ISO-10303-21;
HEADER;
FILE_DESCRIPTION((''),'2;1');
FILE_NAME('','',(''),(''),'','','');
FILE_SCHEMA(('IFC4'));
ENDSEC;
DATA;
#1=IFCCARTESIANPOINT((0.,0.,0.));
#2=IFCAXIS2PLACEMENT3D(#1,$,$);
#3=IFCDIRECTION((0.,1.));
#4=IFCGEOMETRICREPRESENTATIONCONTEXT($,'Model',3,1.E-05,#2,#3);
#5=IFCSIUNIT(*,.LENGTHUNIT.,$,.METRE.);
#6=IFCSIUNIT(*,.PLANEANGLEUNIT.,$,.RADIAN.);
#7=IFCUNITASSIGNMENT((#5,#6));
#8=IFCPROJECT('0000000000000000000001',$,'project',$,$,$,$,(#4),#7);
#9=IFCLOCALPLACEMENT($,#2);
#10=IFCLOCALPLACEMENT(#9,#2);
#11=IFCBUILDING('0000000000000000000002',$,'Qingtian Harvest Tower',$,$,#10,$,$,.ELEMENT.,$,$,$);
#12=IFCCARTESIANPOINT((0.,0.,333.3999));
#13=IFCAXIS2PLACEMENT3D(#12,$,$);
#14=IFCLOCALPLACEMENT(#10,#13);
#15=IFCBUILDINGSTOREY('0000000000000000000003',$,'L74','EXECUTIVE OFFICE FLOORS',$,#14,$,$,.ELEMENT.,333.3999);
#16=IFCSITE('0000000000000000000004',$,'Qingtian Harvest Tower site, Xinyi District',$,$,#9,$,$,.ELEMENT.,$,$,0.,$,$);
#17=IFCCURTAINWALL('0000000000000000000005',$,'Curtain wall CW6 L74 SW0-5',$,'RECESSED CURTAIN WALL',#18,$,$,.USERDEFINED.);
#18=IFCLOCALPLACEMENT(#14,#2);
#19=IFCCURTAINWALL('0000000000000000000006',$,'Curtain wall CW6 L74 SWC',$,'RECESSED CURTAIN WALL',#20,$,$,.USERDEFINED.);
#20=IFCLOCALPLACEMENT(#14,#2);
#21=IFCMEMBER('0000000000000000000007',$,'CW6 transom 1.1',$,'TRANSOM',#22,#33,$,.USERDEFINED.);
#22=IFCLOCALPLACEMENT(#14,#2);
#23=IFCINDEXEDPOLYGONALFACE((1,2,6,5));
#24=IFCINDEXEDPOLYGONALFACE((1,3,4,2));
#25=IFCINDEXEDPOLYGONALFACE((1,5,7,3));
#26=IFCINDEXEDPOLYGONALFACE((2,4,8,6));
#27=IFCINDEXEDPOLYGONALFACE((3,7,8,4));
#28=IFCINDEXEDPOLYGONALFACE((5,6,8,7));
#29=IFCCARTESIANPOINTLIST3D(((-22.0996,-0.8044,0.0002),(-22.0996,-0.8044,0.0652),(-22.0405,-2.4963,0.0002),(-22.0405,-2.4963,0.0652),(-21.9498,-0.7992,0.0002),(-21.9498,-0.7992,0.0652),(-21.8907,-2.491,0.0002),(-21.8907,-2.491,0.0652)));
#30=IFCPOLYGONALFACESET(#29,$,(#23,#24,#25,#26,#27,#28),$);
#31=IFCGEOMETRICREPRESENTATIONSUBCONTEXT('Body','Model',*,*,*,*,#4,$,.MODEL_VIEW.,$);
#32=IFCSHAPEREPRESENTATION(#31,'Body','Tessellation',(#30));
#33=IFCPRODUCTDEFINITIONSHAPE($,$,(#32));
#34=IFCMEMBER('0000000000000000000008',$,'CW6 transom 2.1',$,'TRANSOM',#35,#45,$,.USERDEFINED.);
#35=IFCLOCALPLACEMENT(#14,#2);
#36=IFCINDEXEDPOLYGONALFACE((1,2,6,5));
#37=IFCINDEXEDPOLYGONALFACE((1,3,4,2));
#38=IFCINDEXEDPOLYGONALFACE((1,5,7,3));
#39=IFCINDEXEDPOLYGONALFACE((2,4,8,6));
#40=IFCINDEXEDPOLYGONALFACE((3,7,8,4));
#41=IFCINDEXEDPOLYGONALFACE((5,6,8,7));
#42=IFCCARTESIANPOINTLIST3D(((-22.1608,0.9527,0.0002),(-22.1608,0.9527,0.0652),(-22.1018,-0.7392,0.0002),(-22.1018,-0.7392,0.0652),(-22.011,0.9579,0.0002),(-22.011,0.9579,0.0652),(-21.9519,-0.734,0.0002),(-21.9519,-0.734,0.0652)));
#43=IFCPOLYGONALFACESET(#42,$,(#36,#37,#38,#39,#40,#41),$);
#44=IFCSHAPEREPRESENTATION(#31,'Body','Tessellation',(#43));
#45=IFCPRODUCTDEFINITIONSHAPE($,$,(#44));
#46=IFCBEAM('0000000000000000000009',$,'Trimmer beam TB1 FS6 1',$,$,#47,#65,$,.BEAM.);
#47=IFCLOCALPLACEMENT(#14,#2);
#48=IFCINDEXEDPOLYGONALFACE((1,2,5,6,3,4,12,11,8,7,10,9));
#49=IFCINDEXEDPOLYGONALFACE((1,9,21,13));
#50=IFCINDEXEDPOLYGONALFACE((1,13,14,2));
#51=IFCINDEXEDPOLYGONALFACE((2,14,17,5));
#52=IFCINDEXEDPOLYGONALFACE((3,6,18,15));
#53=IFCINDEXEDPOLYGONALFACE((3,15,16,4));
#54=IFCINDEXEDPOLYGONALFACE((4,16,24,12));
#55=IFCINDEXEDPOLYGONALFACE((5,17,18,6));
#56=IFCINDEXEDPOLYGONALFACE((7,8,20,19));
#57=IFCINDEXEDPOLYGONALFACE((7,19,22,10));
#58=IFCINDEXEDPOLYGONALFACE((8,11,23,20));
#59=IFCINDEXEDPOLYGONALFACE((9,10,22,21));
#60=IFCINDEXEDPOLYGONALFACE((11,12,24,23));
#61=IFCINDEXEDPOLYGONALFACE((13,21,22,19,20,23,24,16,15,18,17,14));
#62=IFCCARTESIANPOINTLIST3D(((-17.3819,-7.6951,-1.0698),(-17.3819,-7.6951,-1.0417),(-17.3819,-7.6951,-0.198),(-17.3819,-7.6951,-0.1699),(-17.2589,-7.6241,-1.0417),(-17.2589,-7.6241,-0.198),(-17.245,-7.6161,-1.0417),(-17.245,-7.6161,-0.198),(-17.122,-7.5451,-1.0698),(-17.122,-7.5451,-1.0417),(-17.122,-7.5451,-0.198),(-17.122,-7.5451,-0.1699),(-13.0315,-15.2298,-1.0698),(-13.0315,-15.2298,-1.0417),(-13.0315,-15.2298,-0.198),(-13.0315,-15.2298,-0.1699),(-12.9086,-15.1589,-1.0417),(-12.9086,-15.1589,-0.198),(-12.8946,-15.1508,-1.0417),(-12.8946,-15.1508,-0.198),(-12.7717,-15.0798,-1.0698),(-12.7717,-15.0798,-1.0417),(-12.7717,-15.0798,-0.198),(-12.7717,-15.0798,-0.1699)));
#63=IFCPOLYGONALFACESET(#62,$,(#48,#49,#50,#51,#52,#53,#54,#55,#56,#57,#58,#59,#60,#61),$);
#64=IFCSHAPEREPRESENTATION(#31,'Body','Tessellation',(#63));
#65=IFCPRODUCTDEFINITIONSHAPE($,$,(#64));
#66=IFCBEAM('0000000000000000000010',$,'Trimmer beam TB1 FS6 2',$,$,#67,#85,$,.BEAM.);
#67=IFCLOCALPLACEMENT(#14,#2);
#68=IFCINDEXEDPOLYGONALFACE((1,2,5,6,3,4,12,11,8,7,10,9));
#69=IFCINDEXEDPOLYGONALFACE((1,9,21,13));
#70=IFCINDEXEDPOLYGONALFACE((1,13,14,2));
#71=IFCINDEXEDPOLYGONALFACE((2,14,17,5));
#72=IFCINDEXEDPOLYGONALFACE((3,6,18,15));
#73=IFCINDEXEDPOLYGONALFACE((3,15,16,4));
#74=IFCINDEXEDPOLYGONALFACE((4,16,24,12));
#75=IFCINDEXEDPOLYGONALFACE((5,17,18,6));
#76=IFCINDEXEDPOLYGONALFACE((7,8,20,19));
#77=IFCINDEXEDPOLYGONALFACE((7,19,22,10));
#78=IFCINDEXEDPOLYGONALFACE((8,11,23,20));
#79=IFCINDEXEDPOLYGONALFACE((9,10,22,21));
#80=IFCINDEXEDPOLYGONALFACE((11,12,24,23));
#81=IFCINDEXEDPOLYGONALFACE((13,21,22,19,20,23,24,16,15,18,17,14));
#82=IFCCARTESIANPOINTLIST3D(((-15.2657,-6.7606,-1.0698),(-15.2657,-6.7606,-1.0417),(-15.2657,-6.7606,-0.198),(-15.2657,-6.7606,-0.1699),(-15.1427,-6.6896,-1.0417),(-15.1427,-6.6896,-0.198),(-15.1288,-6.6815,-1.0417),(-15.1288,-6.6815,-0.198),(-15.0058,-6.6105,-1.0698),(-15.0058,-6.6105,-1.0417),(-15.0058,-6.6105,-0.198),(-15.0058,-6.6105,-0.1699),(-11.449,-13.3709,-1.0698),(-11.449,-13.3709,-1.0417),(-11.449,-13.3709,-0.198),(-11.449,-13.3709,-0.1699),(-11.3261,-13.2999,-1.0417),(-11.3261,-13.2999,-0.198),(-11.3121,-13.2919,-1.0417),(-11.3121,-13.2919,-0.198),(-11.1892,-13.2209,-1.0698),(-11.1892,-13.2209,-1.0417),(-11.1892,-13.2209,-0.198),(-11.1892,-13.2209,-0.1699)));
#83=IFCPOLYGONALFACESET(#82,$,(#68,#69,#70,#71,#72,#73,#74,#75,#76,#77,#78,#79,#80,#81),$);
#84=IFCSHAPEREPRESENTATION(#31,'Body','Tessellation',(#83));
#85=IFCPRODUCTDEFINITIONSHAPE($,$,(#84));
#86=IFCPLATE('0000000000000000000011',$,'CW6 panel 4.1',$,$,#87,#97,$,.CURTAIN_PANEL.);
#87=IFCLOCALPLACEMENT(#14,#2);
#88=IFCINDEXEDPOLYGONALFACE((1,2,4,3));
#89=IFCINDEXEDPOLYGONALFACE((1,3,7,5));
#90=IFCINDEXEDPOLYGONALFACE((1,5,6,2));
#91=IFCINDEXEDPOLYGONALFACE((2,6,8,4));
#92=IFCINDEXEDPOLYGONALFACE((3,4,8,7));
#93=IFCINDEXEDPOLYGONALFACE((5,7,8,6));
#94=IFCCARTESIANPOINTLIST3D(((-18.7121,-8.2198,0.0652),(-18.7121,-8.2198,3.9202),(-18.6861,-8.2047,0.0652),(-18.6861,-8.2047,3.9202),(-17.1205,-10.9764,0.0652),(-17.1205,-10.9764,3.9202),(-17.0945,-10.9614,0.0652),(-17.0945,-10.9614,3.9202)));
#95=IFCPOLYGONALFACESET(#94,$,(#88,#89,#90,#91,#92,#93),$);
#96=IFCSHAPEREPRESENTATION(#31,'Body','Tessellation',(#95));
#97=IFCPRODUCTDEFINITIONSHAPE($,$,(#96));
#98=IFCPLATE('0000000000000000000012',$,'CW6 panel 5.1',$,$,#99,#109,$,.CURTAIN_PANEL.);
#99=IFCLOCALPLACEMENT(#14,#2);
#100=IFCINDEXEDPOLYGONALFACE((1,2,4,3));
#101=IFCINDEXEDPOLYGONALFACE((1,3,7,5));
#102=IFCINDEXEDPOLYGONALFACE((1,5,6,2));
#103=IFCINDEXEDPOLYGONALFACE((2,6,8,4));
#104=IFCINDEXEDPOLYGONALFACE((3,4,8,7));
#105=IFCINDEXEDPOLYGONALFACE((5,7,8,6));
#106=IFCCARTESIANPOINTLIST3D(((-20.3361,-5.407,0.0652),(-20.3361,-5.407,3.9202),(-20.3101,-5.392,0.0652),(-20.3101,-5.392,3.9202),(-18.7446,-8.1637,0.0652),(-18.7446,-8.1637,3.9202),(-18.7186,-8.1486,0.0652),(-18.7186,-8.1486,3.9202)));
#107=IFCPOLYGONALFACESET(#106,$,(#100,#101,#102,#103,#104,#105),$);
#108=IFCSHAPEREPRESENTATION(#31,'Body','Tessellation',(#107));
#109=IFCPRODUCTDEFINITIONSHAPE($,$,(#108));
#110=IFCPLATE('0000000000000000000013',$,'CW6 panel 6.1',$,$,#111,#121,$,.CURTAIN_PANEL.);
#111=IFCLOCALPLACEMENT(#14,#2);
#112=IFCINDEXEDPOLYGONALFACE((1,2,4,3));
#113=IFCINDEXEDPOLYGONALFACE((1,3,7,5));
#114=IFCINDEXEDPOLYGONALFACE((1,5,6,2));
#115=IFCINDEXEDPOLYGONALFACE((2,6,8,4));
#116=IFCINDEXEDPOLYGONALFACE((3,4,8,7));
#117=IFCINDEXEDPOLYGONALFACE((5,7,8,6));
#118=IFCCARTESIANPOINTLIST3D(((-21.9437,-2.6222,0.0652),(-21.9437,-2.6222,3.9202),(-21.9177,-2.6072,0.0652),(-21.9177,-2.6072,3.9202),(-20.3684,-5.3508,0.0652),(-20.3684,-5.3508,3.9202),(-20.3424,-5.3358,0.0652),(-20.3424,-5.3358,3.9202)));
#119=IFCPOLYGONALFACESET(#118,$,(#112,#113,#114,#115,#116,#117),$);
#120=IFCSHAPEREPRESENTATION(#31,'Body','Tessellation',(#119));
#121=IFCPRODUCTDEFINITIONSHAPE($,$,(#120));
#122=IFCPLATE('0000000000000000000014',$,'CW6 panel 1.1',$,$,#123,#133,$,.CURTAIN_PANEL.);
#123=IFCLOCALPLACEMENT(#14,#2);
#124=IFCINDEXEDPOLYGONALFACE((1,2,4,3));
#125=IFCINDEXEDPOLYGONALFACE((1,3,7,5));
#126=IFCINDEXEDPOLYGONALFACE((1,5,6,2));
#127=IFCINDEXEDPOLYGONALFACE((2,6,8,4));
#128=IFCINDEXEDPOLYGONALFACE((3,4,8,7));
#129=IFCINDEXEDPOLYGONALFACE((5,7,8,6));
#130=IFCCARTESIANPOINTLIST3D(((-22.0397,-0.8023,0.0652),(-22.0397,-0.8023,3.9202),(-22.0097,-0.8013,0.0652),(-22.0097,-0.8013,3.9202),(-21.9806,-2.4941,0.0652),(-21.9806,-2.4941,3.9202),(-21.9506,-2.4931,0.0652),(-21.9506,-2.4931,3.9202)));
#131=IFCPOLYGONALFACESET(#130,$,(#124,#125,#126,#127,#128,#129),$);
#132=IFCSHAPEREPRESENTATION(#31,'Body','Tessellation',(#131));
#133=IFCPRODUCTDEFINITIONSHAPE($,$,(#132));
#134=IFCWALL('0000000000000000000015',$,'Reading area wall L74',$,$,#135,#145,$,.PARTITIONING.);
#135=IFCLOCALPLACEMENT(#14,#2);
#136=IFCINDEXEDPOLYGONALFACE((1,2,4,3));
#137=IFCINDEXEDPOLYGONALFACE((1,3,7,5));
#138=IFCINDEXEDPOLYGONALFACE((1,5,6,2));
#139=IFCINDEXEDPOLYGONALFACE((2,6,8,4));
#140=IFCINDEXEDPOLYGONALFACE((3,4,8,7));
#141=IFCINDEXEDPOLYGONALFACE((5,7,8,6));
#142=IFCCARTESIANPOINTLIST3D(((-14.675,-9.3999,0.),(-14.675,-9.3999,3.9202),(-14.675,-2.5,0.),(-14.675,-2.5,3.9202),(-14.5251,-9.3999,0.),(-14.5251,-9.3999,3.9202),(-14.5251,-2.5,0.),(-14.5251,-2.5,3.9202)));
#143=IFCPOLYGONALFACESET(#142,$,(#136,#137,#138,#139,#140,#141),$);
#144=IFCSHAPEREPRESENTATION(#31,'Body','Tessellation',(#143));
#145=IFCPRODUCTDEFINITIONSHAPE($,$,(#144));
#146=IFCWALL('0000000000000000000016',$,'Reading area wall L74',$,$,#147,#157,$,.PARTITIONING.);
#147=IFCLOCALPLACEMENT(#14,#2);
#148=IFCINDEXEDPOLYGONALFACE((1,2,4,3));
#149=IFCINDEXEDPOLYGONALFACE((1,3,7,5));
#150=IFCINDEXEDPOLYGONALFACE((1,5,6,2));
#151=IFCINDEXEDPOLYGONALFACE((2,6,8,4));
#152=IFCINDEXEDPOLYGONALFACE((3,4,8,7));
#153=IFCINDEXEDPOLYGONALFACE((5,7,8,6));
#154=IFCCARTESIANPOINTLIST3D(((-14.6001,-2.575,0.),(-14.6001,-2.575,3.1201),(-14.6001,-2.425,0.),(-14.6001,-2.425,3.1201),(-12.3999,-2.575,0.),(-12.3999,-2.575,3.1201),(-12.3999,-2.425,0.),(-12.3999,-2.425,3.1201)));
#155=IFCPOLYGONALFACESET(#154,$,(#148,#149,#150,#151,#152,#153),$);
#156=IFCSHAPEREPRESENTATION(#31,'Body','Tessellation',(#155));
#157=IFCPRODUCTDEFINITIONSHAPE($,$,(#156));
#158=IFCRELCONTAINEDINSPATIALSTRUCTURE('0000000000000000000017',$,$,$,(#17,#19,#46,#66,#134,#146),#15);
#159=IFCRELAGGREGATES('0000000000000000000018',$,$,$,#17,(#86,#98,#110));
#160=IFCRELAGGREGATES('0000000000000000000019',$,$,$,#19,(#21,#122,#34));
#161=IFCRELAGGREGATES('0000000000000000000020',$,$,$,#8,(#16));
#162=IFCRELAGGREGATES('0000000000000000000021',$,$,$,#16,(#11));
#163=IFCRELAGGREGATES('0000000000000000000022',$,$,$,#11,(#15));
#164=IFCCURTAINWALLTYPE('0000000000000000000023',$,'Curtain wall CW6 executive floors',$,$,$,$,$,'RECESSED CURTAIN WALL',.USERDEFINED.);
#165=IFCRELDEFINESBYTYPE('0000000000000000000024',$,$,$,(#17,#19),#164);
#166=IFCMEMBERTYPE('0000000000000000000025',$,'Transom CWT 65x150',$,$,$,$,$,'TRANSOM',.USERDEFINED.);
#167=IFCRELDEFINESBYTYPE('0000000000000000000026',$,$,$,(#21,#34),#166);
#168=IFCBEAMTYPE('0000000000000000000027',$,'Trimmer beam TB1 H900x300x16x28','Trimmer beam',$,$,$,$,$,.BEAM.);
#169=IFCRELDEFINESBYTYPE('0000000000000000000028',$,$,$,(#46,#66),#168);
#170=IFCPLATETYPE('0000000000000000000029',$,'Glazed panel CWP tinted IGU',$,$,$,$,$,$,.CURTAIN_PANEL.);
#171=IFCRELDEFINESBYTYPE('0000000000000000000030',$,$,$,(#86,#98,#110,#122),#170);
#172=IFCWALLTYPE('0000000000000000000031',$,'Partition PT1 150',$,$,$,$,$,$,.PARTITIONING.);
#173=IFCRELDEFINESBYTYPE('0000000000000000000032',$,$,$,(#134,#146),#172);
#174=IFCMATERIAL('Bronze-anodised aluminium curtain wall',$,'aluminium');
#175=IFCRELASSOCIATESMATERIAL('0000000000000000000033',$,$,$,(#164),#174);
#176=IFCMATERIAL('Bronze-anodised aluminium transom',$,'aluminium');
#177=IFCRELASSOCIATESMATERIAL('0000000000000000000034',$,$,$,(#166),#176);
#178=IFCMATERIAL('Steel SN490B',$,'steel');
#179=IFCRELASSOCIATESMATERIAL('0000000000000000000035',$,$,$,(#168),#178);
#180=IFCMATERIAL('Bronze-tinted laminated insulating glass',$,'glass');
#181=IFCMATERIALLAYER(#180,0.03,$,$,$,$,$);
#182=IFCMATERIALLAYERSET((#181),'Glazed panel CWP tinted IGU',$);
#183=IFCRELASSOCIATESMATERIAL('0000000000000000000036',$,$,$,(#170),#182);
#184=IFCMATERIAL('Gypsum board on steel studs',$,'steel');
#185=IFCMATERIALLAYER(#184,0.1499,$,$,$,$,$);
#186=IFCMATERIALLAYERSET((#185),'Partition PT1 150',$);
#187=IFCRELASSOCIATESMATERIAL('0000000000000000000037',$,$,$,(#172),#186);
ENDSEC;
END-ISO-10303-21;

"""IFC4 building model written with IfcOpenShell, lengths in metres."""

from ifc_helpers import new_model, si_unit, direction, frame, frame_2d, origin, origin_2d, place, context, subcontext, project, spatial, rectangle, i_section, extrude, material, layer, layer_set, material_profile, profile_set, type_object, element, aggregate, save


model = new_model("IFC4")

# Units and contexts
model_context = context("Model", 3, precision=1e-05, world=origin(), true_north=direction((0.0, 1.0)))
body_context = subcontext(model_context, "Body", "Model", "MODEL_VIEW")
ifc_project = project(units=[si_unit("LENGTHUNIT", "METRE"), si_unit("PLANEANGLEUNIT", "RADIAN")], contexts=[model_context])

# Site, building, storey
site_placement = place(None, origin())
site = spatial("IfcSite", under=ifc_project, at=site_placement, Name="Qingtian Harvest Tower site, Xinyi District", CompositionType="ELEMENT", RefElevation=0.0)
building_placement = place(site_placement, origin())
building = spatial("IfcBuilding", under=site, at=building_placement, Name="Qingtian Harvest Tower", CompositionType="ELEMENT")
storey_placement = place(building_placement, frame((0.0, 0.0, 333.3999)))
storey = spatial("IfcBuildingStorey", under=building, at=storey_placement, Name="L74", Description="EXECUTIVE OFFICE FLOORS", CompositionType="ELEMENT", Elevation=333.3999)

# Curtain walls
ifc_material_1 = material(Name="Bronze-anodised aluminium curtain wall", Category="aluminium")
curtain_wall_type = type_object("IfcCurtainWallType", Name="Curtain wall CW6 executive floors", ElementType="RECESSED CURTAIN WALL", PredefinedType="USERDEFINED", material=ifc_material_1)
curtain_wall_1_placement = place(storey_placement, origin())
curtain_wall_1 = element("IfcCurtainWall", 1, at=curtain_wall_1_placement, inside=storey, type_object=curtain_wall_type, Name="Curtain wall CW6 L74 SW0-5", ObjectType="RECESSED CURTAIN WALL", PredefinedType="USERDEFINED")
curtain_wall_2_placement = place(storey_placement, origin())
curtain_wall_2 = element("IfcCurtainWall", 2, at=curtain_wall_2_placement, inside=storey, type_object=curtain_wall_type, Name="Curtain wall CW6 L74 SWC", ObjectType="RECESSED CURTAIN WALL", PredefinedType="USERDEFINED")

# Members
ifc_material_2 = material(Name="Bronze-anodised aluminium transom", Category="aluminium")
ifc_material_profile_1 = material_profile(ifc_material_2, rectangle(XDim=0.1499, YDim=0.0649, at=origin_2d()), Name="AL 65x150")
ifc_profile_set_1 = profile_set([ifc_material_profile_1], Name="Bronze-anodised aluminium transom")
member_type_1 = type_object("IfcMemberType", Name="Transom CWT 65x150", ElementType="TRANSOM", PredefinedType="USERDEFINED", material=ifc_profile_set_1)
member_1_placement = place(storey_placement, frame((-21.9656, -2.4937, 0.0327), z_axis=(-0.034899, 0.999391, 0.0), x_axis=(-0.999391, -0.034899, 0.0)))
member_1 = element("IfcMember", 3, at=member_1_placement, type_object=member_type_1, Name="CW6 transom 1.1", ObjectType="TRANSOM", PredefinedType="USERDEFINED", context=body_context, shape_type="SweptSolid", body=[
    extrude(rectangle(XDim=0.1499, YDim=0.0649, at=origin_2d()), origin(), (0.0, 0.0, 1.0), 1.6929),
])
member_2_placement = place(storey_placement, frame((-22.0269, -0.7366, 0.0327), z_axis=(-0.034899, 0.999391, 0.0), x_axis=(-0.999391, -0.034899, 0.0)))
member_2 = element("IfcMember", 4, at=member_2_placement, type_object=member_type_1, Name="CW6 transom 2.1", ObjectType="TRANSOM", PredefinedType="USERDEFINED", context=body_context, shape_type="SweptSolid", body=[
    extrude(rectangle(XDim=0.1499, YDim=0.0649, at=origin_2d()), origin(), (0.0, 0.0, 1.0), 1.6929),
])

# Beams
ifc_material_3 = material(Name="Steel SN490B", Category="steel")
ifc_material_profile_2 = material_profile(ifc_material_3, i_section(OverallWidth=0.3, OverallDepth=0.8999, WebThickness=0.0161, FlangeThickness=0.0281, at=origin_2d()), Name="H900x300x16x28")
ifc_profile_set_2 = profile_set([ifc_material_profile_2], Name="Steel SN490B")
beam_type_1 = type_object("IfcBeamType", Name="Trimmer beam TB1 H900x300x16x28", Description="Trimmer beam", PredefinedType="BEAM", material=ifc_profile_set_2)
beam_1_placement = place(storey_placement, frame((-17.252, -7.6201, -0.6199), z_axis=(0.500017, -0.866015, 0.0), x_axis=(0.866015, 0.500017, 0.0)))
element("IfcBeam", 5, at=beam_1_placement, inside=storey, type_object=beam_type_1, Name="Trimmer beam TB1 FS6 1", PredefinedType="BEAM", context=body_context, shape_type="SweptSolid", body=[
    extrude(i_section(OverallWidth=0.3, OverallDepth=0.8999, WebThickness=0.0161, FlangeThickness=0.0281, at=origin_2d()), origin(), (0.0, 0.0, 1.0), 8.7004),
])
beam_2_placement = place(storey_placement, frame((-15.1357, -6.6855, -0.6199), z_axis=(0.500016, -0.866016, 0.0), x_axis=(0.866016, 0.500016, 0.0)))
element("IfcBeam", 6, at=beam_2_placement, inside=storey, type_object=beam_type_1, Name="Trimmer beam TB1 FS6 2", PredefinedType="BEAM", context=body_context, shape_type="SweptSolid", body=[
    extrude(i_section(OverallWidth=0.3, OverallDepth=0.8999, WebThickness=0.0161, FlangeThickness=0.0281, at=origin_2d()), origin(), (0.0, 0.0, 1.0), 7.6331),
])

# Plates
ifc_material_4 = material(Name="Bronze-tinted laminated insulating glass", Category="glass")
ifc_layer_1 = layer(ifc_material_4, 0.03)
ifc_layer_set_1 = layer_set([ifc_layer_1], Name="Glazed panel CWP tinted IGU")
plate_type = type_object("IfcPlateType", Name="Glazed panel CWP tinted IGU", PredefinedType="CURTAIN_PANEL", material=ifc_layer_set_1)
plate_1_placement = place(storey_placement, frame((-17.9033, -9.5906, 0.0652), z_axis=(0.0, 0.0, 1.0), x_axis=(-0.5, 0.866025, 0.0)))
plate_1 = element("IfcPlate", 7, at=plate_1_placement, type_object=plate_type, Name="CW6 panel 4.1", PredefinedType="CURTAIN_PANEL", context=body_context, shape_type="SweptSolid", body=[
    extrude(rectangle(XDim=3.1831, YDim=0.03, at=origin_2d()), origin(), (0.0, 0.0, 1.0), 3.855),
])
plate_2_placement = place(storey_placement, frame((-19.5273, -6.7778, 0.0652), z_axis=(0.0, 0.0, 1.0), x_axis=(-0.5, 0.866025, 0.0)))
plate_2 = element("IfcPlate", 8, at=plate_2_placement, type_object=plate_type, Name="CW6 panel 5.1", PredefinedType="CURTAIN_PANEL", context=body_context, shape_type="SweptSolid", body=[
    extrude(rectangle(XDim=3.1831, YDim=0.03, at=origin_2d()), origin(), (0.0, 0.0, 1.0), 3.855),
])
plate_3_placement = place(storey_placement, frame((-21.1431, -3.979, 0.0652), z_axis=(0.0, 0.0, 1.0), x_axis=(-0.5, 0.866025, 0.0)))
plate_3 = element("IfcPlate", 9, at=plate_3_placement, type_object=plate_type, Name="CW6 panel 6.1", PredefinedType="CURTAIN_PANEL", context=body_context, shape_type="SweptSolid", body=[
    extrude(rectangle(XDim=3.1506, YDim=0.03, at=origin_2d()), origin(), (0.0, 0.0, 1.0), 3.855),
])
aggregate(curtain_wall_1, [plate_1, plate_2, plate_3])
plate_4_placement = place(storey_placement, frame((-21.9951, -1.6477, 0.0652), z_axis=(0.0, 0.0, 1.0), x_axis=(-0.034899, 0.999391, 0.0)))
plate_4 = element("IfcPlate", 10, at=plate_4_placement, type_object=plate_type, Name="CW6 panel 1.1", PredefinedType="CURTAIN_PANEL", context=body_context, shape_type="SweptSolid", body=[
    extrude(rectangle(XDim=1.6929, YDim=0.03, at=origin_2d()), origin(), (0.0, 0.0, 1.0), 3.855),
])
aggregate(curtain_wall_2, [member_1, plate_4, member_2])

# Walls
ifc_material_5 = material(Name="Gypsum board on steel studs", Category="steel")
ifc_layer_2 = layer(ifc_material_5, 0.1499)
ifc_layer_set_2 = layer_set([ifc_layer_2], Name="Partition PT1 150")
wall_type = type_object("IfcWallType", Name="Partition PT1 150", PredefinedType="PARTITIONING", material=ifc_layer_set_2)
wall_1_placement = place(storey_placement, frame((-14.6001, -9.3999, 0.0), z_axis=(0.0, 0.0, 1.0), x_axis=(0.0, 1.0, 0.0)))
element("IfcWall", 11, at=wall_1_placement, inside=storey, type_object=wall_type, Name="Reading area wall L74", PredefinedType="PARTITIONING", context=body_context, shape_type="SweptSolid", body=[
    extrude(rectangle(XDim=6.8999, YDim=0.1499, at=frame_2d((3.45, 0.0))), origin(), (0.0, 0.0, 1.0), 3.9202),
])
wall_2_placement = place(storey_placement, frame((-12.3999, -2.5, 0.0), z_axis=(0.0, 0.0, 1.0), x_axis=(-1.0, 0.0, 0.0)))
element("IfcWall", 12, at=wall_2_placement, inside=storey, type_object=wall_type, Name="Reading area wall L74", PredefinedType="PARTITIONING", context=body_context, shape_type="SweptSolid", body=[
    extrude(rectangle(XDim=2.2002, YDim=0.1499, at=frame_2d((1.1001, 0.0))), origin(), (0.0, 0.0, 1.0), 3.1201),
])

save(model, "model.ifc")
